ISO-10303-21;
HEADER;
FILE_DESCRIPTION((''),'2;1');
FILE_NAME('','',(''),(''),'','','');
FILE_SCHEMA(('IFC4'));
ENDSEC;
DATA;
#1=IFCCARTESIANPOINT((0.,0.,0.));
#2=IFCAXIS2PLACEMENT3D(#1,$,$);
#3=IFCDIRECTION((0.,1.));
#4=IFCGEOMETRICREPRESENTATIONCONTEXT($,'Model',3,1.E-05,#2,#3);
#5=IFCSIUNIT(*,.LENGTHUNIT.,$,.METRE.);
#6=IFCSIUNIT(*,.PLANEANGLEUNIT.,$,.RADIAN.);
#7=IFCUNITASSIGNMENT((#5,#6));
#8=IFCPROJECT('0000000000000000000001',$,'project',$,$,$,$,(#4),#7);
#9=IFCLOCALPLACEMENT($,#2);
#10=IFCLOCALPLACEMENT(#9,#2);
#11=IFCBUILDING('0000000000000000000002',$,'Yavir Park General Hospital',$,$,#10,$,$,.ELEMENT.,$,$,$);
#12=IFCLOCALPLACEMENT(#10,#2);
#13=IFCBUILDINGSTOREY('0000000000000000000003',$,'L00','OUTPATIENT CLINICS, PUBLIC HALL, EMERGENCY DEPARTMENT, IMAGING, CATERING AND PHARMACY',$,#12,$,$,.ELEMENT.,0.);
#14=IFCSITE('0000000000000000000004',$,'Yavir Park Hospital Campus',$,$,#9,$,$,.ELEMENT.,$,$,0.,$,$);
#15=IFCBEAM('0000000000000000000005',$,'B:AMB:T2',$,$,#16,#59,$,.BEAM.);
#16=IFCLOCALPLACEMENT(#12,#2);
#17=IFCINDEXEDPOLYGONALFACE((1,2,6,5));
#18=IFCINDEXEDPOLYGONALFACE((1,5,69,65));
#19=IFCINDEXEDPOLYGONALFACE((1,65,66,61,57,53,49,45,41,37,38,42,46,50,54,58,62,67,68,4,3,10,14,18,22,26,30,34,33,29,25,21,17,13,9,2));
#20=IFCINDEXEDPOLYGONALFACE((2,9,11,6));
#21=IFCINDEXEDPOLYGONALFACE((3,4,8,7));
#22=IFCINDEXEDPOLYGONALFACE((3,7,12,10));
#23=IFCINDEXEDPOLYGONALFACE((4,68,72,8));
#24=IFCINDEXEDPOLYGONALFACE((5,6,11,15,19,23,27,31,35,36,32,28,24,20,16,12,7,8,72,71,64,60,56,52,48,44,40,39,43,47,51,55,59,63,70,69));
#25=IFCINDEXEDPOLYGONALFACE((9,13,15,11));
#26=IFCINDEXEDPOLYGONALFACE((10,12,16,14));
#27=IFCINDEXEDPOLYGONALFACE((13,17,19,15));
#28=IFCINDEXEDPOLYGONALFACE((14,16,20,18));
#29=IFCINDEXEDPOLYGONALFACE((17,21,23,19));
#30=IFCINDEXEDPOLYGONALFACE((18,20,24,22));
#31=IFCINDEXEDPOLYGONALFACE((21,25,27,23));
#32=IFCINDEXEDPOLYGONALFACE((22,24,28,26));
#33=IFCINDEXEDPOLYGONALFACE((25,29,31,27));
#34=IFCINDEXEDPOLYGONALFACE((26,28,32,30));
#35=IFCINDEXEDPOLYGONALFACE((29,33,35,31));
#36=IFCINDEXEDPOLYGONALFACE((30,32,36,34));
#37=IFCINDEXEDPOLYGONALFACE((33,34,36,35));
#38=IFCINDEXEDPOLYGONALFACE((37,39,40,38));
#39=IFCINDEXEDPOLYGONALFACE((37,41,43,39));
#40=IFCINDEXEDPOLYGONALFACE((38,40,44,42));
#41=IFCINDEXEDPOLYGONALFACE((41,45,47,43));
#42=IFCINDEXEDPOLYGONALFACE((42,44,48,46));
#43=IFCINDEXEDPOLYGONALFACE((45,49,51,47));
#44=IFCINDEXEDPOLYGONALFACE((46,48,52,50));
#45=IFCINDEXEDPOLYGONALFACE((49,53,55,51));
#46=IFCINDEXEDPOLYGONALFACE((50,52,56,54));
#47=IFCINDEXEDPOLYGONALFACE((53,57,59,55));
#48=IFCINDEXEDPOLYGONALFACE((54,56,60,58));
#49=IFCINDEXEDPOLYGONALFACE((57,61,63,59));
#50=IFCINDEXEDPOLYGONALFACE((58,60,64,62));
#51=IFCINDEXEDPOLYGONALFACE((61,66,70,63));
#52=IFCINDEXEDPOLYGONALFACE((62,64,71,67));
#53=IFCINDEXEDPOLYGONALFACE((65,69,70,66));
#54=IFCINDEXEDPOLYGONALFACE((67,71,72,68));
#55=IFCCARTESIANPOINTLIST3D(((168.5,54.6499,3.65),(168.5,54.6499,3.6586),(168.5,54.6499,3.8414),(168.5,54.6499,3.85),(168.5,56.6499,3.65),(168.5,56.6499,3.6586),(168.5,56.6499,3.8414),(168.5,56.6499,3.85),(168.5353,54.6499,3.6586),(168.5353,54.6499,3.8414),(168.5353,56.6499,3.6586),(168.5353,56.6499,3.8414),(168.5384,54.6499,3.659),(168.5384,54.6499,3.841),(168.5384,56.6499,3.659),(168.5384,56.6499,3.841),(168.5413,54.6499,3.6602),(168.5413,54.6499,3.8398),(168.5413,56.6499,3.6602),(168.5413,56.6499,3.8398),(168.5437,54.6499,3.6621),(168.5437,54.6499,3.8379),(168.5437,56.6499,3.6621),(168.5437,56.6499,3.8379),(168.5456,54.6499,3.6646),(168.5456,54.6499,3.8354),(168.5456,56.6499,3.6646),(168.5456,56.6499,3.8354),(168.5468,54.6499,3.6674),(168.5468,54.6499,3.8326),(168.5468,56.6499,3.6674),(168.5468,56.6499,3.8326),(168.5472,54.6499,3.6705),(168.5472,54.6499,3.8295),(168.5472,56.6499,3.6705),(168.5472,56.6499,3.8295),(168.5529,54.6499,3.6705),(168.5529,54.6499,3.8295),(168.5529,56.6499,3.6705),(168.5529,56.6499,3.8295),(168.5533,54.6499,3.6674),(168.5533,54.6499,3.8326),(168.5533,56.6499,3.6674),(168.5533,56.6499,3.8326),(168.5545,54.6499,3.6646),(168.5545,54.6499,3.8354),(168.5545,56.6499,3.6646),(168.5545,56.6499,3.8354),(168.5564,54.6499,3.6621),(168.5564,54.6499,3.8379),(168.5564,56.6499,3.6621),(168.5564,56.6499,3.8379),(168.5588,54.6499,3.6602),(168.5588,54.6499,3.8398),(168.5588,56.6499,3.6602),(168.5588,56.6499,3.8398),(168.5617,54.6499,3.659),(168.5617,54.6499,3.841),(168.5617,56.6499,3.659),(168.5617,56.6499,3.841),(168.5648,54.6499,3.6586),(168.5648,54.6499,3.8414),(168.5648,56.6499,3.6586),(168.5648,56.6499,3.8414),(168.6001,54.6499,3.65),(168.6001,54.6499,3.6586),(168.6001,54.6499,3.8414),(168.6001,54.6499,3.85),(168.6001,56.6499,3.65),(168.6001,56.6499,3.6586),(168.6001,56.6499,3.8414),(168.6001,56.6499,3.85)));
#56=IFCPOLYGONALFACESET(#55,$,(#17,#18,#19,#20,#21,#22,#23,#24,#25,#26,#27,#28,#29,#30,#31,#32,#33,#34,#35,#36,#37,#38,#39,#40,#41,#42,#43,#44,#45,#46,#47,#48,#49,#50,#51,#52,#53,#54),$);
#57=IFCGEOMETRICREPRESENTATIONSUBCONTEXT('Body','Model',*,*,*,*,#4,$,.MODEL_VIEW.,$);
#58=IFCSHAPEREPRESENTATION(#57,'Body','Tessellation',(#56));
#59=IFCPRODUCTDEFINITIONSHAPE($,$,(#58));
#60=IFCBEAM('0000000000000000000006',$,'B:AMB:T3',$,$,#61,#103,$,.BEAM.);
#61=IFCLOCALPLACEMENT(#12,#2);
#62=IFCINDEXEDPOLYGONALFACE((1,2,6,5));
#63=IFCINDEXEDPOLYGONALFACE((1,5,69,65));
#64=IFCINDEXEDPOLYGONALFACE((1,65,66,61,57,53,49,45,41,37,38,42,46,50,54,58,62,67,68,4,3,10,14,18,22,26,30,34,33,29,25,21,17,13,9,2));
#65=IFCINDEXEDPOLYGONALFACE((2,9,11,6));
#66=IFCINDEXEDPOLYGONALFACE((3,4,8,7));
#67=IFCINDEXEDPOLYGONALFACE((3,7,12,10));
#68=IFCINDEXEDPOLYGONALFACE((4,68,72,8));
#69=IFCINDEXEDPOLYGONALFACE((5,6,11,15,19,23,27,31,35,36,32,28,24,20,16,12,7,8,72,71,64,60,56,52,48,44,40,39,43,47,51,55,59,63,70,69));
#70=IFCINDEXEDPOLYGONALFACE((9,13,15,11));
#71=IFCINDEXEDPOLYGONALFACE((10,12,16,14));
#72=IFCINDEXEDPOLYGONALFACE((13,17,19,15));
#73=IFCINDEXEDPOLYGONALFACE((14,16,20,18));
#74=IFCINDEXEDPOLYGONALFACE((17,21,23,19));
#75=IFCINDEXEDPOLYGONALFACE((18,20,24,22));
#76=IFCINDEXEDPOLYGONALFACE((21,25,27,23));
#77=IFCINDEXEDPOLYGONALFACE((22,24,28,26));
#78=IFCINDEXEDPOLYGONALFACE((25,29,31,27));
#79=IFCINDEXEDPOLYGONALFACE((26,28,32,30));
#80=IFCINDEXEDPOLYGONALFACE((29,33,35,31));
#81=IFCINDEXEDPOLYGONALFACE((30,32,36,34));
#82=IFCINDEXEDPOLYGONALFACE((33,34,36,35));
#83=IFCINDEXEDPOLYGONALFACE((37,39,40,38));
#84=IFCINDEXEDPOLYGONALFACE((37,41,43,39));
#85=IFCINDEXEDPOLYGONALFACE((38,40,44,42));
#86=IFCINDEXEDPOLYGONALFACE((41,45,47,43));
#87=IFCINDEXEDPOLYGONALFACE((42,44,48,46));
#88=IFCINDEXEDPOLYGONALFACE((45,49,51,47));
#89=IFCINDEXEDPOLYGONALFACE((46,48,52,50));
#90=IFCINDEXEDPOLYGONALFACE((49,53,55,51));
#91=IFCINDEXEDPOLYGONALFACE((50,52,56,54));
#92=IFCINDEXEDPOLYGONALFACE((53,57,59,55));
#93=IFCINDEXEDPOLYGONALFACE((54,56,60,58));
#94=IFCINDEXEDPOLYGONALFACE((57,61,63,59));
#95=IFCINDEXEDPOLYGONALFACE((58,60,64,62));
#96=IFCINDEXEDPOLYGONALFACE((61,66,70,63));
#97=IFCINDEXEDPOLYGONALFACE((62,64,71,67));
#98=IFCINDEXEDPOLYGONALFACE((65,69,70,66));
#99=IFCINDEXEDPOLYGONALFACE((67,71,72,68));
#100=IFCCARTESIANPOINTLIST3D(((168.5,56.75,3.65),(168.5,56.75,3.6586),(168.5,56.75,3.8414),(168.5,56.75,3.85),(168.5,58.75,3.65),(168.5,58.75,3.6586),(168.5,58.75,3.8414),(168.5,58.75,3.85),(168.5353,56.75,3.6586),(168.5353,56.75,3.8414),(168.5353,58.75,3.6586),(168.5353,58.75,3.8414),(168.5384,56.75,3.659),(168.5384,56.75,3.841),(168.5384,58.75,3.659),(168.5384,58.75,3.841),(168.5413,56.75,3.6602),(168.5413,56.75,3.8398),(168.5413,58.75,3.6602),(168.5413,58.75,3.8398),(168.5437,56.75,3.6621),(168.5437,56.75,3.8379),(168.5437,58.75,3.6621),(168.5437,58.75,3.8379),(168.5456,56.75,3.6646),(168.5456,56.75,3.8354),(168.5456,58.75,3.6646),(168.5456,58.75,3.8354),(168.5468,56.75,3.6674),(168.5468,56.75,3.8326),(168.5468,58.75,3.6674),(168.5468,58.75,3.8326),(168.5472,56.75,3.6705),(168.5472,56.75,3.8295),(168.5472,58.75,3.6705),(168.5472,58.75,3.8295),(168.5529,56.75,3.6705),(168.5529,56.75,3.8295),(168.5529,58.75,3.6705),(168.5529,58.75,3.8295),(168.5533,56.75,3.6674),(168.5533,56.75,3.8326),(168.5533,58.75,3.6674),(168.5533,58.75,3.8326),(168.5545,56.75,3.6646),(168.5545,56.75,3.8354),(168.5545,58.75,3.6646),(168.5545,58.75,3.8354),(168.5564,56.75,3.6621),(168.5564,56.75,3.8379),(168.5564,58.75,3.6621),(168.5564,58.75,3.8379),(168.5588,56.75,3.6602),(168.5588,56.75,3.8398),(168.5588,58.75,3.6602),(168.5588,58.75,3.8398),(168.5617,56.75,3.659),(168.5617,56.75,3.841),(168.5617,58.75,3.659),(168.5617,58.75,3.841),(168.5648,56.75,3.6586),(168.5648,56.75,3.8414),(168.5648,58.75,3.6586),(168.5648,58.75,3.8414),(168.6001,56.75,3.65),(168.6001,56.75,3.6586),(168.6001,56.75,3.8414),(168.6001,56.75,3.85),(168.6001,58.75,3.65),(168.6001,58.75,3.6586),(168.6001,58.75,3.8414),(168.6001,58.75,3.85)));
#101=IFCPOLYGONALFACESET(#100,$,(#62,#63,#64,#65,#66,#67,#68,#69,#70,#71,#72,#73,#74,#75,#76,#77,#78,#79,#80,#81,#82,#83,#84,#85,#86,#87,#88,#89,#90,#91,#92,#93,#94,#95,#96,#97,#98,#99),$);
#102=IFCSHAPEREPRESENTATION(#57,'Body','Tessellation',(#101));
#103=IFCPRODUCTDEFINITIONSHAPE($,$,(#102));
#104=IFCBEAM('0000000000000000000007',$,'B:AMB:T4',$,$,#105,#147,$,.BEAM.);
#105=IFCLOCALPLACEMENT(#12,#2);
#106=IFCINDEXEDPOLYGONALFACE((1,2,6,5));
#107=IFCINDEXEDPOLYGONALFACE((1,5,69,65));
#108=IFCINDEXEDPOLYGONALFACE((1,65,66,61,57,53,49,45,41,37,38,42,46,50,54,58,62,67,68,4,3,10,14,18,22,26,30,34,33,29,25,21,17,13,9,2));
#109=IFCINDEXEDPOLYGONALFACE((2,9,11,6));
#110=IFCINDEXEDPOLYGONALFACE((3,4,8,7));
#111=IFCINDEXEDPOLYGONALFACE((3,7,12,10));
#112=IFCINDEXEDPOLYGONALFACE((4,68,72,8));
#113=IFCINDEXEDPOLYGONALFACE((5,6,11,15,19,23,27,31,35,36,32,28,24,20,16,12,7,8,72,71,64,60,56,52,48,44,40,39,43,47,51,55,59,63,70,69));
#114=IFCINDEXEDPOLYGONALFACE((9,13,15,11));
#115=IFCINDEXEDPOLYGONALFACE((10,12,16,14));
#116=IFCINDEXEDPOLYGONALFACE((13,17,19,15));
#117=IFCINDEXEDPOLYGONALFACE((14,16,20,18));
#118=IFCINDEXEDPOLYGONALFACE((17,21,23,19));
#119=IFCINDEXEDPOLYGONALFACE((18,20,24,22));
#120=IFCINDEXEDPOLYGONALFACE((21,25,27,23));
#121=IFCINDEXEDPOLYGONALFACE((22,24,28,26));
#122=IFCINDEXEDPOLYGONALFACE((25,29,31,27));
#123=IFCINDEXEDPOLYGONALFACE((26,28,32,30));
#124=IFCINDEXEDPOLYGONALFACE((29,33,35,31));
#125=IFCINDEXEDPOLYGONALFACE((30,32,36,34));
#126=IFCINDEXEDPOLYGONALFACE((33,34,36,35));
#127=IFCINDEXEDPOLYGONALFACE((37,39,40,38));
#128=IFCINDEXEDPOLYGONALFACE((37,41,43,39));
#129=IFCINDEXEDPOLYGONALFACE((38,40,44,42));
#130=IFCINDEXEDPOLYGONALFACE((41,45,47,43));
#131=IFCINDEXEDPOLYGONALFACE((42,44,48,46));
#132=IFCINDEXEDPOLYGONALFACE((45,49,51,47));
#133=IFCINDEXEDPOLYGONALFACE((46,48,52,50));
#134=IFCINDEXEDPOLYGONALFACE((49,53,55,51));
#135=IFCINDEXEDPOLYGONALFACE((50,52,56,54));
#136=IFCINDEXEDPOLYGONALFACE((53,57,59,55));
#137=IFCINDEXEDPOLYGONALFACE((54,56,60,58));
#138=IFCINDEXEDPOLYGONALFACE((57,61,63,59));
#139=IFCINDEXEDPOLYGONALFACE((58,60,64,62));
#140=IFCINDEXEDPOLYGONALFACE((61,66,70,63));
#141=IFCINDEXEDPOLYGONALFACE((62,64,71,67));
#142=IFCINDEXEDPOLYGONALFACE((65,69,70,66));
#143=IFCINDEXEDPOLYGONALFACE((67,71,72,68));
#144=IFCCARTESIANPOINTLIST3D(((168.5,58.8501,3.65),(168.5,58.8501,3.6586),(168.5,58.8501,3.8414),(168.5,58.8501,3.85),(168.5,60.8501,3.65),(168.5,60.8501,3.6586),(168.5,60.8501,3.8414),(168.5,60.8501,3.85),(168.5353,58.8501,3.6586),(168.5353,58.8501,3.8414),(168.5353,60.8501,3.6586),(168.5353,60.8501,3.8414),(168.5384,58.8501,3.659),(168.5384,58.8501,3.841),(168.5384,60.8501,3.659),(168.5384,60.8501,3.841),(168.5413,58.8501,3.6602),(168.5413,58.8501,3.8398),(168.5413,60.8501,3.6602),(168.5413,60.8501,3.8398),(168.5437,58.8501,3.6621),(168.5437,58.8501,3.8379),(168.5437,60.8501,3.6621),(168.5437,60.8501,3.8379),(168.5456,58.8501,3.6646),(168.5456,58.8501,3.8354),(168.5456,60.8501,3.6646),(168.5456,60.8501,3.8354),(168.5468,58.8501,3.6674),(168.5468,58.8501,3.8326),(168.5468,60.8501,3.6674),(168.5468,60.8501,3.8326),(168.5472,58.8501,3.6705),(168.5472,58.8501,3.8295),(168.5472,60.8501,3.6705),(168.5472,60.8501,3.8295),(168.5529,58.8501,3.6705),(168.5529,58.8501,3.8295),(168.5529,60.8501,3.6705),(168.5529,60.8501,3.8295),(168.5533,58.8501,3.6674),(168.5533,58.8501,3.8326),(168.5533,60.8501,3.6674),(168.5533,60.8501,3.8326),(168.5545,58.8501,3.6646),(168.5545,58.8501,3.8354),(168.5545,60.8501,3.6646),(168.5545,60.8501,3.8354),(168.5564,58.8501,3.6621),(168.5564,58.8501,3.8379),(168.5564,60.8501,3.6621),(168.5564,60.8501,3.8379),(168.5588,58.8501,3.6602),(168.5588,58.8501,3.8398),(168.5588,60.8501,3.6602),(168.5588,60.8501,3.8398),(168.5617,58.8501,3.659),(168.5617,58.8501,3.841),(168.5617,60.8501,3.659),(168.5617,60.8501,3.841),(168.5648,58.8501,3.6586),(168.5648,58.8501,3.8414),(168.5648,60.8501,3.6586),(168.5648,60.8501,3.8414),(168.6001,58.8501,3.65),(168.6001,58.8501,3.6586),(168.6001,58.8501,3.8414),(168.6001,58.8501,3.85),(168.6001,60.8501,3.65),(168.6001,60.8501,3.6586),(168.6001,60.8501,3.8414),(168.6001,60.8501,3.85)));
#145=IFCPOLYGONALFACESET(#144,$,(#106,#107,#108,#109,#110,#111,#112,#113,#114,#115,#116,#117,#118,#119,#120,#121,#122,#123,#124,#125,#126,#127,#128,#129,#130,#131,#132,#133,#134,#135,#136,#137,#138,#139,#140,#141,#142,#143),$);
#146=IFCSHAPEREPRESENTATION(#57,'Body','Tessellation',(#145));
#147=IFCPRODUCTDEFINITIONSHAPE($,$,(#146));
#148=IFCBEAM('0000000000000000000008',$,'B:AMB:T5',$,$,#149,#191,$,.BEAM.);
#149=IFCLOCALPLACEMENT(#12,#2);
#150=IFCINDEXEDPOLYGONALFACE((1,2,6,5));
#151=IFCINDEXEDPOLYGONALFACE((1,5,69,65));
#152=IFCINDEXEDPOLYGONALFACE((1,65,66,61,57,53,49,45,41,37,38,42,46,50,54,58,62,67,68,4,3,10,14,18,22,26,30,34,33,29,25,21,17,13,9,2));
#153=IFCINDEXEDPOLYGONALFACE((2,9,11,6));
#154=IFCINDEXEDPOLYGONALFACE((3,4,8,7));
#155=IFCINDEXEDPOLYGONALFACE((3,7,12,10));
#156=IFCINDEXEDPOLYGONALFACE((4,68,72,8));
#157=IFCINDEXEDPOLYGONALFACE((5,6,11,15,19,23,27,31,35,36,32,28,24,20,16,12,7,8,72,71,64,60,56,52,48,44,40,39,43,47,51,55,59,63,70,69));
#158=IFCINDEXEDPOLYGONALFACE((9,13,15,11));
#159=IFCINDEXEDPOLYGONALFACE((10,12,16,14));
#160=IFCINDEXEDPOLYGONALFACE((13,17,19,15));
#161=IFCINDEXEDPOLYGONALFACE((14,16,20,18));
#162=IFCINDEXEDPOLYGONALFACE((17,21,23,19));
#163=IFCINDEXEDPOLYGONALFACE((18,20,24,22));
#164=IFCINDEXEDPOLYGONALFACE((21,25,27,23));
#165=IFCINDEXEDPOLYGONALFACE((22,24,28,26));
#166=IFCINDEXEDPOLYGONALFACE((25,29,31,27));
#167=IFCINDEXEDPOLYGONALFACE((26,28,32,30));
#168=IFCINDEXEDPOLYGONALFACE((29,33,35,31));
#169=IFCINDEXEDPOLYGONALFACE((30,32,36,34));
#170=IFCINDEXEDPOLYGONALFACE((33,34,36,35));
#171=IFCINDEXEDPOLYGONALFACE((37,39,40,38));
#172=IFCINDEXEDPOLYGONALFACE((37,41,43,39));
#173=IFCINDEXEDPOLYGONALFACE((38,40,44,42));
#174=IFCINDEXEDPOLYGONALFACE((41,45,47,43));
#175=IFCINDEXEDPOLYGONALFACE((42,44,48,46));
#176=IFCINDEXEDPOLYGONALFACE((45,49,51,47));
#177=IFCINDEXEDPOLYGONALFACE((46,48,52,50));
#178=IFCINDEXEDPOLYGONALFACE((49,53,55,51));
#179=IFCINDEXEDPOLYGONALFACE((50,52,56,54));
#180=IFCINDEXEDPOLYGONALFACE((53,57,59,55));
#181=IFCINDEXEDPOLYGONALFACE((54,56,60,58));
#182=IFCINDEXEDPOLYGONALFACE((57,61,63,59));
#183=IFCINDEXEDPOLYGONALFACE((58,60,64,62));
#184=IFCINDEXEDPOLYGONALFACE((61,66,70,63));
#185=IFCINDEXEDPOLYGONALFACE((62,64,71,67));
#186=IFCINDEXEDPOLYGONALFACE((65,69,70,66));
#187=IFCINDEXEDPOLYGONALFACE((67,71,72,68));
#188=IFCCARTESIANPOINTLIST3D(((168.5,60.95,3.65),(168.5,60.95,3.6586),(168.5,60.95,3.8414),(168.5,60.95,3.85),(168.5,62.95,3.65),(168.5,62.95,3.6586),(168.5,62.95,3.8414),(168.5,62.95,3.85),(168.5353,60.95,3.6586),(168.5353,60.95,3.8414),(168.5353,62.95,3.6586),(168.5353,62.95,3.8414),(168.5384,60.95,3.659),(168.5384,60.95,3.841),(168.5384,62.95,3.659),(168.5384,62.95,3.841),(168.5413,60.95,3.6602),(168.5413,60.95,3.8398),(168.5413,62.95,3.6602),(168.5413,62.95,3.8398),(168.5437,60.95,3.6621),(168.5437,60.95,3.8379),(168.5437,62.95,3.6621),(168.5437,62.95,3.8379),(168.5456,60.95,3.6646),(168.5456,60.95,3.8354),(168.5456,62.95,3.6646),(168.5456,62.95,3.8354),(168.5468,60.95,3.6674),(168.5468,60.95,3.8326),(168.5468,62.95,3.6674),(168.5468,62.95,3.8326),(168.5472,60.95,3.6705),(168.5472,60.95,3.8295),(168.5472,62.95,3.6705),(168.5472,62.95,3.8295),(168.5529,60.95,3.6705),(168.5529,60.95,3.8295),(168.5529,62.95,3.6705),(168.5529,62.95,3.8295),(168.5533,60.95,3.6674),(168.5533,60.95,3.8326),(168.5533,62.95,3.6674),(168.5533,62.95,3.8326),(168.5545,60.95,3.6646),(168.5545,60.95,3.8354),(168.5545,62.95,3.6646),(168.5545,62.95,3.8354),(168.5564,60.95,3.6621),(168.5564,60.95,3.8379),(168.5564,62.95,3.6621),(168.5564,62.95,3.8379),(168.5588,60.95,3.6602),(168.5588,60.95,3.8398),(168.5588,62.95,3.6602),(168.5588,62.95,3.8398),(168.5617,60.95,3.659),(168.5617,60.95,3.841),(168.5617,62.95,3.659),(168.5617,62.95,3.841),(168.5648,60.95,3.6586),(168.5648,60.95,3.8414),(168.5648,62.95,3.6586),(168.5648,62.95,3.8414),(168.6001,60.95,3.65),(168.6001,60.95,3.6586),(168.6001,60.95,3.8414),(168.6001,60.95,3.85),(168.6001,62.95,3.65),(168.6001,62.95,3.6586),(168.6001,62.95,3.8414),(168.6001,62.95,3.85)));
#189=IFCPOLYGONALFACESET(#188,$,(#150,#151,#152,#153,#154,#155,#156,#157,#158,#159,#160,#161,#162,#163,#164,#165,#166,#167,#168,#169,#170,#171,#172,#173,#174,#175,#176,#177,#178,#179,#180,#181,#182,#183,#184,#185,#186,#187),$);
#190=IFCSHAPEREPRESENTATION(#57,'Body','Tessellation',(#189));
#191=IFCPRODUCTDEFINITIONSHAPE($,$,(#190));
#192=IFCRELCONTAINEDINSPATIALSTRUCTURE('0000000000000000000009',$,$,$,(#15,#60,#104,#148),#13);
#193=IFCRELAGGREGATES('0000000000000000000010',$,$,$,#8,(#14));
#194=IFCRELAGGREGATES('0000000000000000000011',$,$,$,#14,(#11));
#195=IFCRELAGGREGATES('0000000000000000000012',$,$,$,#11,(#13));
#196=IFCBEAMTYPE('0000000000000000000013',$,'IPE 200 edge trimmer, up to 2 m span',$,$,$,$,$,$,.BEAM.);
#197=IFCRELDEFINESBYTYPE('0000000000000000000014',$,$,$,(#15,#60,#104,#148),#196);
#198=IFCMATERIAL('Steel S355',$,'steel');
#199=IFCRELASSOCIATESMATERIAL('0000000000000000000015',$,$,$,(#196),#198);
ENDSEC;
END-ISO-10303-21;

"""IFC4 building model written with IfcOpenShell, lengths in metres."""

from ifc_helpers import new_model, si_unit, direction, frame, origin, origin_2d, place, context, subcontext, project, spatial, i_section, extrude, material, material_profile, profile_set, type_object, element, save


model = new_model("IFC4")

# Units and contexts
model_context = context("Model", 3, precision=1e-05, world=origin(), true_north=direction((0.0, 1.0)))
body_context = subcontext(model_context, "Body", "Model", "MODEL_VIEW")
ifc_project = project(units=[si_unit("LENGTHUNIT", "METRE"), si_unit("PLANEANGLEUNIT", "RADIAN")], contexts=[model_context])

# Site, building, storey
site_placement = place(None, origin())
site = spatial("IfcSite", under=ifc_project, at=site_placement, Name="Yavir Park Hospital Campus", CompositionType="ELEMENT", RefElevation=0.0)
building_placement = place(site_placement, origin())
building = spatial("IfcBuilding", under=site, at=building_placement, Name="Yavir Park General Hospital", CompositionType="ELEMENT")
storey_placement = place(building_placement, origin())
storey = spatial("IfcBuildingStorey", under=building, at=storey_placement, Name="L00", Description="OUTPATIENT CLINICS, PUBLIC HALL, EMERGENCY DEPARTMENT, IMAGING, CATERING AND PHARMACY", CompositionType="ELEMENT", Elevation=0.0)

# Beams
ifc_material_1 = material(Name="Steel S355", Category="steel")
ifc_material_profile_1 = material_profile(ifc_material_1, i_section(OverallWidth=0.1001, OverallDepth=0.2, WebThickness=0.0056, FlangeThickness=0.0085, FilletRadius=0.012, at=origin_2d()), Name="IPE200")
ifc_profile_set_1 = profile_set([ifc_material_profile_1], Name="Steel S355")
beam_type_1 = type_object("IfcBeamType", Name="IPE 200 edge trimmer, up to 2 m span", PredefinedType="BEAM", material=ifc_profile_set_1)
for number, where, z_axis, x_axis, name in (
    (1, (168.55, 54.6499, 3.75), (0.0, 1.0, 0.0), (-1.0, 0.0, 0.0), "B:AMB:T2"),
    (2, (168.55, 56.75, 3.75), (0.0, 1.0, 0.0), (-1.0, 0.0, 0.0), "B:AMB:T3"),
    (3, (168.55, 58.8501, 3.75), (0.0, 1.0, 0.0), (-1.0, 0.0, 0.0), "B:AMB:T4"),
    (4, (168.55, 60.95, 3.75), (0.0, 1.0, 0.0), (-1.0, 0.0, 0.0), "B:AMB:T5"),
):
    element("IfcBeam", number, at=place(storey_placement, frame(where, z_axis=z_axis, x_axis=x_axis)), inside=storey, type_object=beam_type_1, Name=name, PredefinedType="BEAM", context=body_context, shape_type="SweptSolid", body=[
        extrude(i_section(OverallWidth=0.1001, OverallDepth=0.2, WebThickness=0.0056, FlangeThickness=0.0085, FilletRadius=0.012, at=origin_2d()), origin(), (0.0, 0.0, 1.0), 2.0),
    ])

save(model, "model.ifc")
